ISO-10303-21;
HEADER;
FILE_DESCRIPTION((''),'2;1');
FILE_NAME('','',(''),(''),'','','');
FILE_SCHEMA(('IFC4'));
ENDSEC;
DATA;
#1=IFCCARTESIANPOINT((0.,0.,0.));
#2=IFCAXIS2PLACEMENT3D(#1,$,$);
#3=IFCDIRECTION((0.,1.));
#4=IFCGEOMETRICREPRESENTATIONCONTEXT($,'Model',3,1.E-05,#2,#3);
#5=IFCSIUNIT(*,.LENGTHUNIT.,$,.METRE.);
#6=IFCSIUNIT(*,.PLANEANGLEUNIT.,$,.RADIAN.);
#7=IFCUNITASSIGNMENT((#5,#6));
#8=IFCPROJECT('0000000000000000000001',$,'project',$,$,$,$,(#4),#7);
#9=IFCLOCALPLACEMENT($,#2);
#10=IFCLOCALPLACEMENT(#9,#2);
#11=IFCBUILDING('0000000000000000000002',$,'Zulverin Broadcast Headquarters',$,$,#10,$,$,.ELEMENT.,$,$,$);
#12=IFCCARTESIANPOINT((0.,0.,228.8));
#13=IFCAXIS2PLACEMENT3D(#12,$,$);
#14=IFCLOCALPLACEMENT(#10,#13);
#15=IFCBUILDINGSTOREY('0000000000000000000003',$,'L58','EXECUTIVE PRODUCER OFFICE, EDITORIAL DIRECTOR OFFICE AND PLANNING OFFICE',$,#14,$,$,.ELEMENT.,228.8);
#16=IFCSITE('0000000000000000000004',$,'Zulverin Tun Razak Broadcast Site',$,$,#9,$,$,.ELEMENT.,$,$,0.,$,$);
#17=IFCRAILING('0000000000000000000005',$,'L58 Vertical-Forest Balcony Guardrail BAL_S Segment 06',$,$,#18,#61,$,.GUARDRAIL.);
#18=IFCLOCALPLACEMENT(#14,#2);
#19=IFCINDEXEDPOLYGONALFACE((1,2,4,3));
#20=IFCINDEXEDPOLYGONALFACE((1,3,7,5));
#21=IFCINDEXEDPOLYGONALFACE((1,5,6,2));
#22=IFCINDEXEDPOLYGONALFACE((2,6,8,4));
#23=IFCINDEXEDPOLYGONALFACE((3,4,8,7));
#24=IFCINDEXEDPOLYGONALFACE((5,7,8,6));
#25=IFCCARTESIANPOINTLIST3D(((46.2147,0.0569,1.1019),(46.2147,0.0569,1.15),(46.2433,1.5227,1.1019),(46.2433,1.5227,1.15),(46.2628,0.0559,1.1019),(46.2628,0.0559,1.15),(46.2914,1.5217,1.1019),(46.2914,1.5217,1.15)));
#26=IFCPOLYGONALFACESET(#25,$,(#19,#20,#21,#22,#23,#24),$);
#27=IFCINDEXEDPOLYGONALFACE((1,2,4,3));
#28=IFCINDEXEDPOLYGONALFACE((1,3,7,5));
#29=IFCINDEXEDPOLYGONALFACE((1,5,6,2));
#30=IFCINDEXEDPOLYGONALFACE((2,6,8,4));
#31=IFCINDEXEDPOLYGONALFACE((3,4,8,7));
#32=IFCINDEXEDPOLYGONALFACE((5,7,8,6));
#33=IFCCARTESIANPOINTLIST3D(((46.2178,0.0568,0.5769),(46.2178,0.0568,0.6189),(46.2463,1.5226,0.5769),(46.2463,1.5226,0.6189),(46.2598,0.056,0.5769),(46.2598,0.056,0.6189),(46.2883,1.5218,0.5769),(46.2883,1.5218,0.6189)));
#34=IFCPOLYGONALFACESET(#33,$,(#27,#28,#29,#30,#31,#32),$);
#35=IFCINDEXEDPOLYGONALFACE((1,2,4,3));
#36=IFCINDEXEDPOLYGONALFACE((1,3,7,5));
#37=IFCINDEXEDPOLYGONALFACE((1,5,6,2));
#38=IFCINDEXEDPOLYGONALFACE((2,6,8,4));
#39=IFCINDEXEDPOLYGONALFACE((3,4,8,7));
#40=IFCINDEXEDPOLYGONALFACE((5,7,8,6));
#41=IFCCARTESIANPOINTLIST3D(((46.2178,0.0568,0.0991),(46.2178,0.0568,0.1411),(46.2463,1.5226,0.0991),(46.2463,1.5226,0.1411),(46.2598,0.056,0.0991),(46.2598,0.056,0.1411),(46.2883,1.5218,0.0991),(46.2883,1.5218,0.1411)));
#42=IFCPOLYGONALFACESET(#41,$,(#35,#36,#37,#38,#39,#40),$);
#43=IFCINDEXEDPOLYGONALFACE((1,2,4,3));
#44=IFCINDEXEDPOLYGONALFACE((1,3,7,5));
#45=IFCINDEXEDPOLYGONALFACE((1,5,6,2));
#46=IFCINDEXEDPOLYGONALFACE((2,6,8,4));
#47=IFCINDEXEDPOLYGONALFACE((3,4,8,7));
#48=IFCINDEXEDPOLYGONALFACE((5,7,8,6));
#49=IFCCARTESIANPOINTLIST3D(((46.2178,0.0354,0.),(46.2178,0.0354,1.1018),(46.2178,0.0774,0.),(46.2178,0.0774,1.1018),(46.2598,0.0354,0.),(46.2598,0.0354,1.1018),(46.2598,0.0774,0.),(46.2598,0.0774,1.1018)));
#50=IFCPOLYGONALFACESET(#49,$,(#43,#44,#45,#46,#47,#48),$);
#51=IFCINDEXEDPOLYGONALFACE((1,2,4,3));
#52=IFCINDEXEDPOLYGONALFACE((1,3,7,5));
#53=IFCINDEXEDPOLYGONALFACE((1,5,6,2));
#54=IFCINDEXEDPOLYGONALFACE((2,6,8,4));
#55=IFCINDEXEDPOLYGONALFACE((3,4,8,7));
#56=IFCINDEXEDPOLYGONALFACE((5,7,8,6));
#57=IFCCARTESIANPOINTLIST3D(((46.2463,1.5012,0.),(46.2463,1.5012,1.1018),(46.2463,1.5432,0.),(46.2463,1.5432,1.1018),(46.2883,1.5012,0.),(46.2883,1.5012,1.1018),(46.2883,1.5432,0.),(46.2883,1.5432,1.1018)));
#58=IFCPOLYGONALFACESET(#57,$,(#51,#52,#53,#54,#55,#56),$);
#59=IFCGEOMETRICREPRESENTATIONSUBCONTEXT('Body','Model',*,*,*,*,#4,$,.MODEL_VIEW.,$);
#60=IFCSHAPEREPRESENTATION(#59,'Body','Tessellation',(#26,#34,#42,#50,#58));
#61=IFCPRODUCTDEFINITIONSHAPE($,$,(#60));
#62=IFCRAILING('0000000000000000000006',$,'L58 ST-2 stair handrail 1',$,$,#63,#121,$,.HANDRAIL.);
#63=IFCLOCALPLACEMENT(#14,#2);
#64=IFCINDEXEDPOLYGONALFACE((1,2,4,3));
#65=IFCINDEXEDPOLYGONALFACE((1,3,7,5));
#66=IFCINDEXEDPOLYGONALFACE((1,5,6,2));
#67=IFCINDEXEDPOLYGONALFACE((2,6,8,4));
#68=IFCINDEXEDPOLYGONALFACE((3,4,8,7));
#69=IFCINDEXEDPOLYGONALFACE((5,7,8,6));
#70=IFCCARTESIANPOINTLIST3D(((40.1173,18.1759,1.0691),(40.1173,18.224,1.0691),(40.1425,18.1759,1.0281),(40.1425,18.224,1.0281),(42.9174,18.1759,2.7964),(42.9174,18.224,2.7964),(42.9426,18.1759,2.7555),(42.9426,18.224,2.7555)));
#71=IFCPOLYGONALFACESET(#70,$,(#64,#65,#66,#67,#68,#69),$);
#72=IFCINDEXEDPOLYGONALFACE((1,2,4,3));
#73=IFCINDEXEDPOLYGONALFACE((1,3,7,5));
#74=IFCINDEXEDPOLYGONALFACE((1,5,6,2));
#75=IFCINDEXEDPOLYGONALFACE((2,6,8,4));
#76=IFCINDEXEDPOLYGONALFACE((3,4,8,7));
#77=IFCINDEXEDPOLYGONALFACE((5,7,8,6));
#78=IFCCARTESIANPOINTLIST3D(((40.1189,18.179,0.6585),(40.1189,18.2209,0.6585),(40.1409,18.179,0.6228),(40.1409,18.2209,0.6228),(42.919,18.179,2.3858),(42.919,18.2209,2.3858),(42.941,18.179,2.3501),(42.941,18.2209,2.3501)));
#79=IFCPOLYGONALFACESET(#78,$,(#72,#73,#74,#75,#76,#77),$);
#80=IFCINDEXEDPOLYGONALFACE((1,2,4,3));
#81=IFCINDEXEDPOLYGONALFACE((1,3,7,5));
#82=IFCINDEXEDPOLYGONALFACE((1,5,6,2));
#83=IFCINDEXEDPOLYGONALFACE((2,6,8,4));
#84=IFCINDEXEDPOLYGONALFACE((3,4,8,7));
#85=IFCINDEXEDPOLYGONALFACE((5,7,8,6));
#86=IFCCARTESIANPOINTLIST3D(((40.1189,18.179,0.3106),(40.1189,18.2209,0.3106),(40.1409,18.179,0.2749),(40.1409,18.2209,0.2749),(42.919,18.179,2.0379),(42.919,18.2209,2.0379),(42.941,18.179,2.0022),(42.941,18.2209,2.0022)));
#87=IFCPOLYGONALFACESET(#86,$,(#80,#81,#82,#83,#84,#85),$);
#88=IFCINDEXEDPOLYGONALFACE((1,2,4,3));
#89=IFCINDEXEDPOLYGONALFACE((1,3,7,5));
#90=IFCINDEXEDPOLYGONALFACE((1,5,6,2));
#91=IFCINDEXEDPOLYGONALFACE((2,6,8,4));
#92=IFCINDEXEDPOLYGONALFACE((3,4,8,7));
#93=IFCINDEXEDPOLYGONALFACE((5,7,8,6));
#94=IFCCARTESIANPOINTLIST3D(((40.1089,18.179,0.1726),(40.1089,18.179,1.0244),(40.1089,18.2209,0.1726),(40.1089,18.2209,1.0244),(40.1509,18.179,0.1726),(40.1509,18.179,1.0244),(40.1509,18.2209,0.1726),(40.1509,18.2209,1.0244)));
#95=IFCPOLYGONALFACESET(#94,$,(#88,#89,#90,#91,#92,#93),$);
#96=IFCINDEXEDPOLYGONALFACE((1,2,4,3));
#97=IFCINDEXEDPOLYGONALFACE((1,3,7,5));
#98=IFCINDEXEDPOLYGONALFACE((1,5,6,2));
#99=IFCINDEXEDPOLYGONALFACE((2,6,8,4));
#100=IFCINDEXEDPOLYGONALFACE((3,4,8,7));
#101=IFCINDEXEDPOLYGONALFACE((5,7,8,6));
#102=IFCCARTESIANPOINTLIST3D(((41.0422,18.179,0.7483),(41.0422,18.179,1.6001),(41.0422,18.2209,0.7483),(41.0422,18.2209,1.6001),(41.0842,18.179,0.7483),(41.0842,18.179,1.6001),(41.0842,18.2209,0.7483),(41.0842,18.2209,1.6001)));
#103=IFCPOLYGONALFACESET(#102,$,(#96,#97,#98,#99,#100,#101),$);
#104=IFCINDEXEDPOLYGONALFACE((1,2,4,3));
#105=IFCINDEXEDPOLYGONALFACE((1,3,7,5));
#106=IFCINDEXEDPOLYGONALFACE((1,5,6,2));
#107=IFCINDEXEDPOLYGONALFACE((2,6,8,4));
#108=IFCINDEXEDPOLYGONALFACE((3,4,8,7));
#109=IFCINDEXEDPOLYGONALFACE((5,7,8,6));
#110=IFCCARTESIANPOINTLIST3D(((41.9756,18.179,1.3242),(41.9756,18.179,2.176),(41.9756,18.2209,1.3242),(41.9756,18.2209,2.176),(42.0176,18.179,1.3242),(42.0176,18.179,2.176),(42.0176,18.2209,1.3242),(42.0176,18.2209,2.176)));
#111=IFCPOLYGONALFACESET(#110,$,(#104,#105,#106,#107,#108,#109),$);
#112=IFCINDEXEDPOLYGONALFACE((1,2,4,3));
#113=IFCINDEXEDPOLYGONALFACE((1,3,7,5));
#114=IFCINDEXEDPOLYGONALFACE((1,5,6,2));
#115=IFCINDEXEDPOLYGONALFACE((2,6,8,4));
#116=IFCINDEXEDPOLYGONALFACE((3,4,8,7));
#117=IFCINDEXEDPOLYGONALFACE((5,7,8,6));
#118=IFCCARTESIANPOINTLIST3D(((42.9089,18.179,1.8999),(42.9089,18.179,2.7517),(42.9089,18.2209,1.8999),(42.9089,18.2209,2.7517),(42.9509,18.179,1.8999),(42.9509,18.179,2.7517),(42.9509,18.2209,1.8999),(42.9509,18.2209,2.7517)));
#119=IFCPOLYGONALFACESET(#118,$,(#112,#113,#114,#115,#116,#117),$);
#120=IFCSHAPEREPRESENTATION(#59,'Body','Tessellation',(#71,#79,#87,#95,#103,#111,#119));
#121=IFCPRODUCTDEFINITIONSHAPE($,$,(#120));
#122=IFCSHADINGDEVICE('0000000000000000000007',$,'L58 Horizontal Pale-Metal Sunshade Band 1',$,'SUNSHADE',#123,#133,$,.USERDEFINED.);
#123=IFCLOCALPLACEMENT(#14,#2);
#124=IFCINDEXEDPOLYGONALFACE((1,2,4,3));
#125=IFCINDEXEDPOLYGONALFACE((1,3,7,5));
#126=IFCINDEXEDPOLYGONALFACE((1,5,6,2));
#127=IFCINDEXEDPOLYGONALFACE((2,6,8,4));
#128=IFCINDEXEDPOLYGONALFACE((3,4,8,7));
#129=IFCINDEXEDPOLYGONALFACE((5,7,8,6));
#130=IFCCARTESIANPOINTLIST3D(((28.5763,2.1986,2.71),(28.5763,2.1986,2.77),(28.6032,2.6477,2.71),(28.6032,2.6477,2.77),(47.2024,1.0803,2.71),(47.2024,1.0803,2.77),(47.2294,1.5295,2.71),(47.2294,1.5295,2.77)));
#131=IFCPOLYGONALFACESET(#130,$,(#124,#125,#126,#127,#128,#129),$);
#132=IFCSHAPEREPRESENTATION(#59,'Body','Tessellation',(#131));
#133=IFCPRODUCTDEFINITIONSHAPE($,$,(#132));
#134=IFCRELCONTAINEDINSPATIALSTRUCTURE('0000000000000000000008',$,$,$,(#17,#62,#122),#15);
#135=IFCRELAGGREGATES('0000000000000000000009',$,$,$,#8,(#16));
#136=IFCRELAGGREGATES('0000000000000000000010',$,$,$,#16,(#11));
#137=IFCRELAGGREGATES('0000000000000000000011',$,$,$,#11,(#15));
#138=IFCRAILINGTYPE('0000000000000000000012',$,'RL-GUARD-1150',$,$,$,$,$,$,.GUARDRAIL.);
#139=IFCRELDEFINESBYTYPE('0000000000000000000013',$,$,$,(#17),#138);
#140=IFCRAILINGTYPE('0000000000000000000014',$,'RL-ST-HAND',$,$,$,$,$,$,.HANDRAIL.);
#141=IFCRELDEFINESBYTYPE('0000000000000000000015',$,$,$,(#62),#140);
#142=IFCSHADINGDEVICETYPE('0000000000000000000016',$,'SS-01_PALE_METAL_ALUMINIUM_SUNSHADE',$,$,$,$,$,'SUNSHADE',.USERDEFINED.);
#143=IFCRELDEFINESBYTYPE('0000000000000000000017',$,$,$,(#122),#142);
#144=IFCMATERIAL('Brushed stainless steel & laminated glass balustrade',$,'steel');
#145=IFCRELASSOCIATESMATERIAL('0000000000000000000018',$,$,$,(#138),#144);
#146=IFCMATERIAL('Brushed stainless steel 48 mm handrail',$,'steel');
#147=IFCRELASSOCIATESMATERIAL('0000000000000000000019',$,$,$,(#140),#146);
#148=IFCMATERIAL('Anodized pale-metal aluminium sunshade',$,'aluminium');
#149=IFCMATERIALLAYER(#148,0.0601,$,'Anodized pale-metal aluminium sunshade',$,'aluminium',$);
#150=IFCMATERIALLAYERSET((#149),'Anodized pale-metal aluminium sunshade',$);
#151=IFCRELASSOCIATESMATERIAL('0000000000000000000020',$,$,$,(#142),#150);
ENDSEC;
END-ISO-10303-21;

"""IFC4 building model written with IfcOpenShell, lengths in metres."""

from ifc_helpers import new_model, si_unit, direction, frame, origin, origin_2d, place, context, subcontext, project, spatial, rectangle, extrude, material, layer, layer_set, type_object, element, save


model = new_model("IFC4")

# Units and contexts
model_context = context("Model", 3, precision=1e-05, world=origin(), true_north=direction((0.0, 1.0)))
body_context = subcontext(model_context, "Body", "Model", "MODEL_VIEW")
ifc_project = project(units=[si_unit("LENGTHUNIT", "METRE"), si_unit("PLANEANGLEUNIT", "RADIAN")], contexts=[model_context])

# Site, building, storey
site_placement = place(None, origin())
site = spatial("IfcSite", under=ifc_project, at=site_placement, Name="Zulverin Tun Razak Broadcast Site", CompositionType="ELEMENT", RefElevation=0.0)
building_placement = place(site_placement, origin())
building = spatial("IfcBuilding", under=site, at=building_placement, Name="Zulverin Broadcast Headquarters", CompositionType="ELEMENT")
storey_placement = place(building_placement, frame((0.0, 0.0, 228.8)))
storey = spatial("IfcBuildingStorey", under=building, at=storey_placement, Name="L58", Description="EXECUTIVE PRODUCER OFFICE, EDITORIAL DIRECTOR OFFICE AND PLANNING OFFICE", CompositionType="ELEMENT", Elevation=228.8)

# Railings
ifc_material_1 = material(Name="Brushed stainless steel & laminated glass balustrade", Category="steel")
railing_type_1 = type_object("IfcRailingType", Name="RL-GUARD-1150", PredefinedType="GUARDRAIL", material=ifc_material_1)
railing_1_placement = place(storey_placement, frame((46.2388, 0.0564, 0.0)))
element("IfcRailing", 1, at=railing_1_placement, inside=storey, type_object=railing_type_1, Name="L58 Vertical-Forest Balcony Guardrail BAL_S Segment 06", PredefinedType="GUARDRAIL", context=body_context, shape_type="SweptSolid", body=[
    extrude(rectangle(XDim=0.0481, YDim=0.0481, at=origin_2d()), frame((0.0, 0.0, 1.126), z_axis=(0.019483, 0.99981, 0.0), x_axis=(-0.99981, 0.019483, 0.0)), (0.0, 0.0, 1.0), 1.4661),
    extrude(rectangle(XDim=0.042, YDim=0.042, at=origin_2d()), frame((0.0, 0.0, 0.5979), z_axis=(0.019483, 0.99981, 0.0), x_axis=(-0.99981, 0.019483, 0.0)), (0.0, 0.0, 1.0), 1.4661),
    extrude(rectangle(XDim=0.042, YDim=0.042, at=origin_2d()), frame((0.0, 0.0, 0.1201), z_axis=(0.019483, 0.99981, 0.0), x_axis=(-0.99981, 0.019483, 0.0)), (0.0, 0.0, 1.0), 1.4661),
    extrude(rectangle(XDim=0.042, YDim=0.042, at=origin_2d()), origin(), (0.0, 0.0, 1.0), 1.1018),
    extrude(rectangle(XDim=0.042, YDim=0.042, at=origin_2d()), frame((0.0286, 1.4658, 0.0)), (0.0, 0.0, 1.0), 1.1018),
])
ifc_material_2 = material(Name="Brushed stainless steel 48 mm handrail", Category="steel")
railing_type_2 = type_object("IfcRailingType", Name="RL-ST-HAND", PredefinedType="HANDRAIL", material=ifc_material_2)
railing_2_placement = place(storey_placement, frame((40.1299, 18.2, 0.1726)))
element("IfcRailing", 2, at=railing_2_placement, inside=storey, type_object=railing_type_2, Name="L58 ST-2 stair handrail 1", PredefinedType="HANDRAIL", context=body_context, shape_type="SweptSolid", body=[
    extrude(rectangle(XDim=0.0481, YDim=0.0481, at=origin_2d()), frame((0.0, 0.0, 0.876), z_axis=(0.85109, 0.0, 0.52502), x_axis=(0.0, 1.0, 0.0)), (0.0, 0.0, 1.0), 3.29),
    extrude(rectangle(XDim=0.042, YDim=0.042, at=origin_2d()), frame((0.0, 0.0, 0.468), z_axis=(0.85109, 0.0, 0.52502), x_axis=(0.0, 1.0, 0.0)), (0.0, 0.0, 1.0), 3.29),
    extrude(rectangle(XDim=0.042, YDim=0.042, at=origin_2d()), frame((0.0, 0.0, 0.1201), z_axis=(0.85109, 0.0, 0.52502), x_axis=(0.0, 1.0, 0.0)), (0.0, 0.0, 1.0), 3.29),
    extrude(rectangle(XDim=0.042, YDim=0.042, at=origin_2d()), origin(), (0.0, 0.0, 1.0), 0.8518),
    extrude(rectangle(XDim=0.042, YDim=0.042, at=origin_2d()), frame((0.9333, 0.0, 0.5757)), (0.0, 0.0, 1.0), 0.8518),
    extrude(rectangle(XDim=0.042, YDim=0.042, at=origin_2d()), frame((1.8667, 0.0, 1.1516)), (0.0, 0.0, 1.0), 0.8518),
    extrude(rectangle(XDim=0.042, YDim=0.042, at=origin_2d()), frame((2.8, 0.0, 1.7273)), (0.0, 0.0, 1.0), 0.8518),
])

# Shading device
ifc_material_3 = material(Name="Anodized pale-metal aluminium sunshade", Category="aluminium")
ifc_layer_1 = layer(ifc_material_3, 0.0601, Name="Anodized pale-metal aluminium sunshade", Category="aluminium")
ifc_layer_set_1 = layer_set([ifc_layer_1], Name="Anodized pale-metal aluminium sunshade")
shading_device_type = type_object("IfcShadingDeviceType", Name="SS-01_PALE_METAL_ALUMINIUM_SUNSHADE", ElementType="SUNSHADE", PredefinedType="USERDEFINED", material=ifc_layer_set_1)
shading_device_placement = place(storey_placement, frame((37.9028, 1.864, 2.71), z_axis=(0.0, 0.0, 1.0), x_axis=(0.998203, -0.059928, 0.0)))
element("IfcShadingDevice", 3, at=shading_device_placement, inside=storey, type_object=shading_device_type, Name="L58 Horizontal Pale-Metal Sunshade Band 1", ObjectType="SUNSHADE", PredefinedType="USERDEFINED", context=body_context, shape_type="SweptSolid", body=[
    extrude(rectangle(XDim=18.6597, YDim=0.45, at=origin_2d()), origin(), (0.0, 0.0, 1.0), 0.0601),
])

save(model, "model.ifc")
